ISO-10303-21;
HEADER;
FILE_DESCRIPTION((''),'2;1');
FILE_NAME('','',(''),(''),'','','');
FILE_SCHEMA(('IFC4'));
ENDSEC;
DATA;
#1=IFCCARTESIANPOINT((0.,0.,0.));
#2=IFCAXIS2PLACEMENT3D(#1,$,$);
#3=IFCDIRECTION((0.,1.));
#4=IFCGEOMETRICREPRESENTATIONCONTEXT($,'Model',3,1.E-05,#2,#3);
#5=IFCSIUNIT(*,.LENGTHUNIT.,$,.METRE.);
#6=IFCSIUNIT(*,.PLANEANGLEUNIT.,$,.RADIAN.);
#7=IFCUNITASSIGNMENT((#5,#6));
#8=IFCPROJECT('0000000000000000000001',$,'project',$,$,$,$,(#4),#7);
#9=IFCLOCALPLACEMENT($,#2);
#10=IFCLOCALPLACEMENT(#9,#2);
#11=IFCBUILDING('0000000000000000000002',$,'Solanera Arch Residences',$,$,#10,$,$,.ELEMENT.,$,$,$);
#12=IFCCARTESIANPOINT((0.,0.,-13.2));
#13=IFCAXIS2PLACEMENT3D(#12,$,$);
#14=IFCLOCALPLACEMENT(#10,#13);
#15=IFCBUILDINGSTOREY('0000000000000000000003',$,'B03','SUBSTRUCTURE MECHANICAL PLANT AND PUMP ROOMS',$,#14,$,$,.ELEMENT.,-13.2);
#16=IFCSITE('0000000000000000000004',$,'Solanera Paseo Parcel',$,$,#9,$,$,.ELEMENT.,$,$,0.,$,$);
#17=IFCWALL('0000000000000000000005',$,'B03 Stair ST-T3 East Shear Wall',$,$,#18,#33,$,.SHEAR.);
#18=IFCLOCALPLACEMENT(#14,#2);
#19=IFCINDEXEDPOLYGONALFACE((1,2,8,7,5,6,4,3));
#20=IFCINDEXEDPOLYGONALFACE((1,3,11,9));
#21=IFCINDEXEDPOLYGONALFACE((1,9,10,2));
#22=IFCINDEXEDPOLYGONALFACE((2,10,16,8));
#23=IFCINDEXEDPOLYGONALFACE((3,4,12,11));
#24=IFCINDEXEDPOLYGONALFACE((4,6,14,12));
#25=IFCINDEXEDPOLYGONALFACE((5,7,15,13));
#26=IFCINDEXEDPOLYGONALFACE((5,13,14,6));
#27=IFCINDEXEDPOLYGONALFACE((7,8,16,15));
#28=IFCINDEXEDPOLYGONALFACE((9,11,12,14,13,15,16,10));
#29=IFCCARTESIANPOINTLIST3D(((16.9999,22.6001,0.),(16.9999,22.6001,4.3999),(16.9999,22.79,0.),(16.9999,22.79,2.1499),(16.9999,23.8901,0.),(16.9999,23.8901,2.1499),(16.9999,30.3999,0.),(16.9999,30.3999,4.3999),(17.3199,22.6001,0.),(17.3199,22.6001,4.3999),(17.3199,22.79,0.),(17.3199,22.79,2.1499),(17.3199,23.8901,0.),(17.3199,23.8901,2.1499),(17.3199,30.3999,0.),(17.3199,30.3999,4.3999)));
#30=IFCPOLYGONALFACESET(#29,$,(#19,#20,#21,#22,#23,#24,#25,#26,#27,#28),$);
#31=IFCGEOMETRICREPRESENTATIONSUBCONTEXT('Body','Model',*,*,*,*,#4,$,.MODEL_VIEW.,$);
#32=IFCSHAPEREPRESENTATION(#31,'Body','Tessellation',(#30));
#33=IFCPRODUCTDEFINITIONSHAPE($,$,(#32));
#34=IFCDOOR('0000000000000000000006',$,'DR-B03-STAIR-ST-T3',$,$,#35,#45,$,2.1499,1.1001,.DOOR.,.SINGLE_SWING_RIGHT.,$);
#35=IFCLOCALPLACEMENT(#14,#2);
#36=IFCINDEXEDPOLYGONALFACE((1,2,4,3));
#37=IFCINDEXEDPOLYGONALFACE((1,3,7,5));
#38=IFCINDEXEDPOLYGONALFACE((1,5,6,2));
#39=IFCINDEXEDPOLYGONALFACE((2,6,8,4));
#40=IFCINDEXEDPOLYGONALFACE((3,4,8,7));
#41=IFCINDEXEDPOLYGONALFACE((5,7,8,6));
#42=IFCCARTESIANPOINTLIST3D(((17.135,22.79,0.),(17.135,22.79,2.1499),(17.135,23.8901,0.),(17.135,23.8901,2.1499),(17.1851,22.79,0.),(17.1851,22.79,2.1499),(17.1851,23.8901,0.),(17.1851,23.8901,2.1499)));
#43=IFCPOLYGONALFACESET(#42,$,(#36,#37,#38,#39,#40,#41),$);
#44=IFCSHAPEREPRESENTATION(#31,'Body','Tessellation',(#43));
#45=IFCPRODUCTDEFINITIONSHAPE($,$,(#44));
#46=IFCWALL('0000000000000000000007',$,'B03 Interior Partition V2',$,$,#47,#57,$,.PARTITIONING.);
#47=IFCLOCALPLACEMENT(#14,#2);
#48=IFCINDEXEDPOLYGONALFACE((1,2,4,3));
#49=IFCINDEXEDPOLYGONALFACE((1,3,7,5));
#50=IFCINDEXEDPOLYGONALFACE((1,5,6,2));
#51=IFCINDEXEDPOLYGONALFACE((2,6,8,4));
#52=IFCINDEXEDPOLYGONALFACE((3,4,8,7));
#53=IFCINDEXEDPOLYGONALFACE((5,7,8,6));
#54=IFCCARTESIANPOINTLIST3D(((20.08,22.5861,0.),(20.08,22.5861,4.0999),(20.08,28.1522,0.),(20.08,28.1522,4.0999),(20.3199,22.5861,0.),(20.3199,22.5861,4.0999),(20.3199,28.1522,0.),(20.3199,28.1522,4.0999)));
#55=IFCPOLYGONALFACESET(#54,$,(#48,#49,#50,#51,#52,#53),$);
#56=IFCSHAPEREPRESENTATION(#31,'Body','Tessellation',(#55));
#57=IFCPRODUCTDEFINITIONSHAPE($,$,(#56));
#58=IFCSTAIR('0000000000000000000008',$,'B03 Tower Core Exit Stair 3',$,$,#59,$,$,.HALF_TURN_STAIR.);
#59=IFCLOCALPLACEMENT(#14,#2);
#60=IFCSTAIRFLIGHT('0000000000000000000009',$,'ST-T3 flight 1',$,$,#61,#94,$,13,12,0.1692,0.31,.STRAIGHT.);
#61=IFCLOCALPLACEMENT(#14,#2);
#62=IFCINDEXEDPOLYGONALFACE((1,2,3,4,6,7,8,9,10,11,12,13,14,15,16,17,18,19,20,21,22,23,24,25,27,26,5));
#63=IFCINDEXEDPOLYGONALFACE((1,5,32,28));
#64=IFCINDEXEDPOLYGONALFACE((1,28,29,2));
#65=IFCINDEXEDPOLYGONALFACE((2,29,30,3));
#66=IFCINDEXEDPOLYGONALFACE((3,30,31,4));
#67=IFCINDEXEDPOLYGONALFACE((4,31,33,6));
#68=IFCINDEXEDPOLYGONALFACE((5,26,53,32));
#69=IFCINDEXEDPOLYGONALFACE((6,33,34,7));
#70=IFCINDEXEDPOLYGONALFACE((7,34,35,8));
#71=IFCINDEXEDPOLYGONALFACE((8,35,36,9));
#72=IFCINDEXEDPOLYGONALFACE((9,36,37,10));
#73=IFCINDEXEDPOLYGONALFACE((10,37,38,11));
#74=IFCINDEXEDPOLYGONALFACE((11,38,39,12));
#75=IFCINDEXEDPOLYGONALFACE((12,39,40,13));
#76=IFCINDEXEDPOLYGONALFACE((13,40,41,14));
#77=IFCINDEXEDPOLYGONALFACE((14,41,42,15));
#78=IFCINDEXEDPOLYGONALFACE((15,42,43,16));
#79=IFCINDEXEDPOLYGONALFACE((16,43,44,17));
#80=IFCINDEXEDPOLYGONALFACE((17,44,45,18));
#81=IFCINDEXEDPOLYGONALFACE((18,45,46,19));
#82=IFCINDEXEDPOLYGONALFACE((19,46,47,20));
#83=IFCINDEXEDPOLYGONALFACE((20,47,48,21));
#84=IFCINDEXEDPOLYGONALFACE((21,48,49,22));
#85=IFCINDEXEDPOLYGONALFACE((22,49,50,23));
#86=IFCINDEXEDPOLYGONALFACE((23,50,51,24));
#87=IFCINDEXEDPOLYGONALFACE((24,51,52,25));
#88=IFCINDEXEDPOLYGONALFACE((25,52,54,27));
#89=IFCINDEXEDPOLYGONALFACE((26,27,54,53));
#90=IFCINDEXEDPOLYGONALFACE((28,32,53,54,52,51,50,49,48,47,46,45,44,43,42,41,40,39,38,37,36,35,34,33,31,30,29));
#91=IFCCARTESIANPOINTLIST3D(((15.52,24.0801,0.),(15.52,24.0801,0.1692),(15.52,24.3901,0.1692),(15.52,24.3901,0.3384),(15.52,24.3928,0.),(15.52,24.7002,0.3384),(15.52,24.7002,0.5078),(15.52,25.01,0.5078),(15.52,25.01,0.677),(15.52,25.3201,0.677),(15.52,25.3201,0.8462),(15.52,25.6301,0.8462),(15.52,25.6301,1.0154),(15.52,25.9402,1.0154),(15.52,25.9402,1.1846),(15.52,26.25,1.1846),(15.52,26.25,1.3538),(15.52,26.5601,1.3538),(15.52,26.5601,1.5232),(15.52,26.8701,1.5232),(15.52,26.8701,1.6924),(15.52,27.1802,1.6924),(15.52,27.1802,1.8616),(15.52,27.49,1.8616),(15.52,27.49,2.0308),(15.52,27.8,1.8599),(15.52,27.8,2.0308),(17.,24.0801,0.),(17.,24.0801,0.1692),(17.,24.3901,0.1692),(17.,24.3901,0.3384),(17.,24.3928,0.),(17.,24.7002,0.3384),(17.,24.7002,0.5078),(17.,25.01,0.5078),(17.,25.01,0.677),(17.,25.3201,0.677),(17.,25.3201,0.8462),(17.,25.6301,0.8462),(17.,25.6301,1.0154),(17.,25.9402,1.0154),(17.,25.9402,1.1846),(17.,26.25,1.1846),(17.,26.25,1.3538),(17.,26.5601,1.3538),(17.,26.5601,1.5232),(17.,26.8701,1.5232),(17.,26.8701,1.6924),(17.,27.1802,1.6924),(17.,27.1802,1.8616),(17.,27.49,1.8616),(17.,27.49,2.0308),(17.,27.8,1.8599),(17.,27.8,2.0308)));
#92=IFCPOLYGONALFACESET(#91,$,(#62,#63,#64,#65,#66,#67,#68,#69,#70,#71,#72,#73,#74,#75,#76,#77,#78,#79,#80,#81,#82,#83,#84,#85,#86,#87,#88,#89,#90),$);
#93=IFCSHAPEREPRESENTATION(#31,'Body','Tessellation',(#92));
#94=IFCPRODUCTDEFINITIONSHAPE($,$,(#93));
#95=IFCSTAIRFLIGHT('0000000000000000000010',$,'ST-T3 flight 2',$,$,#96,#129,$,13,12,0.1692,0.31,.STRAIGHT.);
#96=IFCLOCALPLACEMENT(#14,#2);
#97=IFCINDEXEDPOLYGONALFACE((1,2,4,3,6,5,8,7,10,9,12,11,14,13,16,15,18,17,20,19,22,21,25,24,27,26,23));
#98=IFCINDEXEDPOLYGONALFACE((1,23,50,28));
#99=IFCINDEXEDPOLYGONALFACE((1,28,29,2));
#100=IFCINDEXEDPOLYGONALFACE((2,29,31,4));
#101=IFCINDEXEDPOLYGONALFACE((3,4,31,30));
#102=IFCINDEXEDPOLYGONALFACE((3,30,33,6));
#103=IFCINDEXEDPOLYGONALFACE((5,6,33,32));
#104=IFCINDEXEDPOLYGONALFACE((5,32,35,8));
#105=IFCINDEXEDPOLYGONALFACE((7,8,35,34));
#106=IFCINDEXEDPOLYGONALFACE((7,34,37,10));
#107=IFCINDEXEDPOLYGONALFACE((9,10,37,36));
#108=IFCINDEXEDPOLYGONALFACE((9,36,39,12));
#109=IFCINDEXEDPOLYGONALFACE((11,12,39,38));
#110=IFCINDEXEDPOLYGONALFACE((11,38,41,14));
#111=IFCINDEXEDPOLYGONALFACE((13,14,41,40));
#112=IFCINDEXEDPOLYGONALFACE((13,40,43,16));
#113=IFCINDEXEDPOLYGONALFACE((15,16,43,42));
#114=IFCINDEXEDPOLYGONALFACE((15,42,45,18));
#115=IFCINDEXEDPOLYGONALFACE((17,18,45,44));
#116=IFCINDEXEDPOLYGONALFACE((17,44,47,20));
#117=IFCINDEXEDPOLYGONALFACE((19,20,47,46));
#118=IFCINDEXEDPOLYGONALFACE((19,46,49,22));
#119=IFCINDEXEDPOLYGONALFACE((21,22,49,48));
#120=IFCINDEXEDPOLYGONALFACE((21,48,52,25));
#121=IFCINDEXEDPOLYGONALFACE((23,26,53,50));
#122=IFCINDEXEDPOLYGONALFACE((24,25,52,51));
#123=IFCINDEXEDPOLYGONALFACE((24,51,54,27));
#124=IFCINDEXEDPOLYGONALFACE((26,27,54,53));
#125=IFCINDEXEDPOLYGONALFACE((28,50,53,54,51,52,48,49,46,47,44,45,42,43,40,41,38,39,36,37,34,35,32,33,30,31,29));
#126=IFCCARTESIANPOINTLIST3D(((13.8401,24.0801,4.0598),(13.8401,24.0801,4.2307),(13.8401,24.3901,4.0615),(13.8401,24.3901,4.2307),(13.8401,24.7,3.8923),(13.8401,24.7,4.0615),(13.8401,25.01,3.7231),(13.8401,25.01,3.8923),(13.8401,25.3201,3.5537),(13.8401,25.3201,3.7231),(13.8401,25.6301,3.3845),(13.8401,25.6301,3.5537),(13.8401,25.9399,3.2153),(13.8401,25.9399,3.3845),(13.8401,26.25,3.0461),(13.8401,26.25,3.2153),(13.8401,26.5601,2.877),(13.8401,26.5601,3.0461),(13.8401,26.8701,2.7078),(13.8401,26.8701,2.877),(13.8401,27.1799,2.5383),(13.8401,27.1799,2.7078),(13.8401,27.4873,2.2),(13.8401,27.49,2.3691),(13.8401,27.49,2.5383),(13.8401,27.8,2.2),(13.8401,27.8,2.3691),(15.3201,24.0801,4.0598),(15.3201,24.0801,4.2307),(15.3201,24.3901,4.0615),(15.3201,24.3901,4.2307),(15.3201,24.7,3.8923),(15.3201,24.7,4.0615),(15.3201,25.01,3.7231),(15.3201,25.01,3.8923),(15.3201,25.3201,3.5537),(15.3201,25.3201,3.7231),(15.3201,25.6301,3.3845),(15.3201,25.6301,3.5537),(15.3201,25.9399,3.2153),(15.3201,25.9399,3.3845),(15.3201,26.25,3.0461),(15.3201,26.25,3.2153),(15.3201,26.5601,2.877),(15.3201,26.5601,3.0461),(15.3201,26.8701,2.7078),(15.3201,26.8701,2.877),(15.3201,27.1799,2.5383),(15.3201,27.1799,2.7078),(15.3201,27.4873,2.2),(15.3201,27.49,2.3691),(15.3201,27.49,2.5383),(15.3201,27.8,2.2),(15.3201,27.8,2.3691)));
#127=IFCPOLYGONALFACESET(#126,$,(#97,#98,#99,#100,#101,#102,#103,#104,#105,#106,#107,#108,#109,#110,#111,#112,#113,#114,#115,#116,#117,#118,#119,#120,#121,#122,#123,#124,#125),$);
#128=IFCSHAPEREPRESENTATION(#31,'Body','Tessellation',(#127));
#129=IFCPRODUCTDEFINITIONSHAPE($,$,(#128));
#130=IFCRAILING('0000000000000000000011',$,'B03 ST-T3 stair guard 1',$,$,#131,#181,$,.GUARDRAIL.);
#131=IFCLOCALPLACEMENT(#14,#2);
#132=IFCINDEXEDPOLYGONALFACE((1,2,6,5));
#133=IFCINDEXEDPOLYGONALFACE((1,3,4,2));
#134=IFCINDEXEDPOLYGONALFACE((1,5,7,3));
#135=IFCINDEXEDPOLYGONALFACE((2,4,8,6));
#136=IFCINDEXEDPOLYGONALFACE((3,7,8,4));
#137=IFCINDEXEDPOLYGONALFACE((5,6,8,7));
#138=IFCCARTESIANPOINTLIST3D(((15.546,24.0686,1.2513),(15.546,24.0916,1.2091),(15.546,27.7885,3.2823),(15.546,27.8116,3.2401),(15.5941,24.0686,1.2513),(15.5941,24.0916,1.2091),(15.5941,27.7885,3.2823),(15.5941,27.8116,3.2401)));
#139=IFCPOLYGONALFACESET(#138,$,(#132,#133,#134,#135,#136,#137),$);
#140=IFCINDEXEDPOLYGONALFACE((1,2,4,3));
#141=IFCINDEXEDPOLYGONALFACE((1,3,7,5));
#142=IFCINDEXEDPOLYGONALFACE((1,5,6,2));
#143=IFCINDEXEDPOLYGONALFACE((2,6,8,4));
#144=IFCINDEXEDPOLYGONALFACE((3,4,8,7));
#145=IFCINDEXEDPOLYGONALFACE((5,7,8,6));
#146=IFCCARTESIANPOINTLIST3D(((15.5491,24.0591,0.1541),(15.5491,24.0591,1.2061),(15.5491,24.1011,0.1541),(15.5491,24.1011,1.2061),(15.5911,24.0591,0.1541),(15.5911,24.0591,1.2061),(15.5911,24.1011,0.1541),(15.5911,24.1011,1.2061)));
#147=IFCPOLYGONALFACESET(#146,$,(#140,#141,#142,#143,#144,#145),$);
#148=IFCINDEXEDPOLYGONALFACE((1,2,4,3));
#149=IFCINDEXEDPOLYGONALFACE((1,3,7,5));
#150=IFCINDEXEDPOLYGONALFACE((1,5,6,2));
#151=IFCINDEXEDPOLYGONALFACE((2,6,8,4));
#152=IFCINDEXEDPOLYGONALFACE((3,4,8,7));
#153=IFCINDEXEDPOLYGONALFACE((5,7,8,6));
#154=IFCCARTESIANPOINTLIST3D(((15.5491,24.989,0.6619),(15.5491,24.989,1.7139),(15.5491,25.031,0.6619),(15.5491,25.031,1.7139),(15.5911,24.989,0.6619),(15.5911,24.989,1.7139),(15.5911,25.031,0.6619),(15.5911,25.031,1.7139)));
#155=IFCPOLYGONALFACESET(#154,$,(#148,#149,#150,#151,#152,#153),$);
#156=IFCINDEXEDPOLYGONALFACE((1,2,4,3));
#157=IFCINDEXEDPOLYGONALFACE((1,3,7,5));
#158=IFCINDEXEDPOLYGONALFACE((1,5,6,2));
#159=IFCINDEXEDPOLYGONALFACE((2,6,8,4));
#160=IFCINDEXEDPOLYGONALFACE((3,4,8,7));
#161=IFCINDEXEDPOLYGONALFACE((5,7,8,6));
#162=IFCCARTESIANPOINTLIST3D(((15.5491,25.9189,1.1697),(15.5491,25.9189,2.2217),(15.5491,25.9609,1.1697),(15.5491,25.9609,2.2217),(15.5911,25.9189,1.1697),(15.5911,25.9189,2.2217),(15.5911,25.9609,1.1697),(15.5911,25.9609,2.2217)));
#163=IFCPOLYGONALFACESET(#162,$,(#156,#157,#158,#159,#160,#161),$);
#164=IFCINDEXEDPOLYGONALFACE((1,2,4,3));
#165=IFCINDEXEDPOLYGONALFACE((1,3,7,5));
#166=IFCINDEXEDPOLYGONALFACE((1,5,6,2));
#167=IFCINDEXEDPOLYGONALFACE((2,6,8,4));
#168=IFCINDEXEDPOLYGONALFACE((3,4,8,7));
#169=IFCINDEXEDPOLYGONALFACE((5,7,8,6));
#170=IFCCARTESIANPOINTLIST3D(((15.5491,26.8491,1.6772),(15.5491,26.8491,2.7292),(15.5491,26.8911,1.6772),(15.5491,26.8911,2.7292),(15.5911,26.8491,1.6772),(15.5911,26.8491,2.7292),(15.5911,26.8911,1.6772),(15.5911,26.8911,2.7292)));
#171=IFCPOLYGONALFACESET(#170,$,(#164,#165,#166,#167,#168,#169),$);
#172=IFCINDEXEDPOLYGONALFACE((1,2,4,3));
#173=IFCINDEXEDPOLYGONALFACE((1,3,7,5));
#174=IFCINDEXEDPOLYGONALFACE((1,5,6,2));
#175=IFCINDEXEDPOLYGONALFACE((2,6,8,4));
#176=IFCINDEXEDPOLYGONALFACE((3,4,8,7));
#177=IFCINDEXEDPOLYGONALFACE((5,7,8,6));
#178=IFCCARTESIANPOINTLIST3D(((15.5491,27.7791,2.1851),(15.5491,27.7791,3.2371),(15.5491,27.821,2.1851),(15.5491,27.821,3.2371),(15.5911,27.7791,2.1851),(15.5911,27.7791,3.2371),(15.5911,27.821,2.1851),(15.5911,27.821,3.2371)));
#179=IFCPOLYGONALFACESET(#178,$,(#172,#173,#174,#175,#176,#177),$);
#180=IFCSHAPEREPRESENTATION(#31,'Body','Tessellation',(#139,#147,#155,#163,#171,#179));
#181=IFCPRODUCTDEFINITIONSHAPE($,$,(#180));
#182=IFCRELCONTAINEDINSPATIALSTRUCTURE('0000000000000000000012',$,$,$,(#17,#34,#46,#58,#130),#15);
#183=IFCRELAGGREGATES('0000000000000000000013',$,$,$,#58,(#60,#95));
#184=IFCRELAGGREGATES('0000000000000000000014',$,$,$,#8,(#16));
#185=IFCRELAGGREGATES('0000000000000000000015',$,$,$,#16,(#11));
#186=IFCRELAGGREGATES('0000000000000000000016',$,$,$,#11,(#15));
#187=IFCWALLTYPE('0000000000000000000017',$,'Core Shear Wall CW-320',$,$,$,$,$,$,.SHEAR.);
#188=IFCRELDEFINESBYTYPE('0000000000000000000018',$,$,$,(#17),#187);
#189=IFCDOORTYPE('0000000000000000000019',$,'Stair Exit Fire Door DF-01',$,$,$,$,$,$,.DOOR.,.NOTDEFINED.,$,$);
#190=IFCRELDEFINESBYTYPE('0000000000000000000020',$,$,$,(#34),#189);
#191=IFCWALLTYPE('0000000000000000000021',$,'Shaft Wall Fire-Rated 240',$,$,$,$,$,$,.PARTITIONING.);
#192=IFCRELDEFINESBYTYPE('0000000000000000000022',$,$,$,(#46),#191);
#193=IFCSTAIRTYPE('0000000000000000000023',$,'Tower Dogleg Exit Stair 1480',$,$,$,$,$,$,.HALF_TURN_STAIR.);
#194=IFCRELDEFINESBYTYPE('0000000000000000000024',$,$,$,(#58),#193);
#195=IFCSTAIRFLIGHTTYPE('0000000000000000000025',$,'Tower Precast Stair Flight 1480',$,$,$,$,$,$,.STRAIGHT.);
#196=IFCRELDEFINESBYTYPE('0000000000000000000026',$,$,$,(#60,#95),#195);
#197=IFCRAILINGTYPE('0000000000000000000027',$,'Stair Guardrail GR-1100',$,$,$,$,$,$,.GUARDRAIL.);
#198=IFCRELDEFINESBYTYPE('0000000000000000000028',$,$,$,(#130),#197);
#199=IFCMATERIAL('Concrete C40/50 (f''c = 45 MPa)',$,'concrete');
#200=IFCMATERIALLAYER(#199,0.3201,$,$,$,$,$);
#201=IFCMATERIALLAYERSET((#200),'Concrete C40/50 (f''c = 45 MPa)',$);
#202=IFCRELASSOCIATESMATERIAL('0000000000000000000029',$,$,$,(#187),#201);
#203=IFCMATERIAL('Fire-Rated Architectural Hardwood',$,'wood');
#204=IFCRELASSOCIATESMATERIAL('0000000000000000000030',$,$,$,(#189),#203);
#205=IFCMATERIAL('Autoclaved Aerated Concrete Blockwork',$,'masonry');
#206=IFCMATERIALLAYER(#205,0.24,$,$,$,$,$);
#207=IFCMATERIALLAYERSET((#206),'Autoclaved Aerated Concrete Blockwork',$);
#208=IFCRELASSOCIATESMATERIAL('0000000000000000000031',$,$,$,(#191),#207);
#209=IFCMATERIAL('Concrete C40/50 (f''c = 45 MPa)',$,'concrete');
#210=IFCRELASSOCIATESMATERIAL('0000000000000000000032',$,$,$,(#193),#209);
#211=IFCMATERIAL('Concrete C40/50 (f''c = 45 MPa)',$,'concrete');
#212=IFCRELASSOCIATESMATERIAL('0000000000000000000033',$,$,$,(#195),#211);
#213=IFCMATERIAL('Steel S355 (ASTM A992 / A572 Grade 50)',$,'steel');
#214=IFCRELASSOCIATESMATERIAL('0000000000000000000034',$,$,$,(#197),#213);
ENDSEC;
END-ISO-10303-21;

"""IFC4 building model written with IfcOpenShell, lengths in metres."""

from ifc_helpers import new_model, si_unit, direction, frame, frame_2d, origin, origin_2d, place, context, subcontext, project, spatial, polyline, rectangle, outline, extrude, material, layer, layer_set, type_object, element, fill, aggregate, save


model = new_model("IFC4")

# Units and contexts
model_context = context("Model", 3, precision=1e-05, world=origin(), true_north=direction((0.0, 1.0)))
body_context = subcontext(model_context, "Body", "Model", "MODEL_VIEW")
ifc_project = project(units=[si_unit("LENGTHUNIT", "METRE"), si_unit("PLANEANGLEUNIT", "RADIAN")], contexts=[model_context])

# Site, building, storey
site_placement = place(None, origin())
site = spatial("IfcSite", under=ifc_project, at=site_placement, Name="Solanera Paseo Parcel", CompositionType="ELEMENT", RefElevation=0.0)
building_placement = place(site_placement, origin())
building = spatial("IfcBuilding", under=site, at=building_placement, Name="Solanera Arch Residences", CompositionType="ELEMENT")
storey_placement = place(building_placement, frame((0.0, 0.0, -13.2)))
storey = spatial("IfcBuildingStorey", under=building, at=storey_placement, Name="B03", Description="SUBSTRUCTURE MECHANICAL PLANT AND PUMP ROOMS", CompositionType="ELEMENT", Elevation=-13.2)

# Wall, opening, door
ifc_material_1 = material(Name="Concrete C40/50 (f'c = 45 MPa)", Category="concrete")
ifc_layer_1 = layer(ifc_material_1, 0.3201)
ifc_layer_set_1 = layer_set([ifc_layer_1], Name="Concrete C40/50 (f'c = 45 MPa)")
wall_type_1 = type_object("IfcWallType", Name="Core Shear Wall CW-320", PredefinedType="SHEAR", material=ifc_layer_set_1)
wall_1_placement = place(storey_placement, frame((17.1599, 22.6001, 0.0), z_axis=(0.0, 0.0, 1.0), x_axis=(0.0, 1.0, 0.0)))
wall_1 = element("IfcWall", 1, at=wall_1_placement, inside=storey, type_object=wall_type_1, Name="B03 Stair ST-T3 East Shear Wall", PredefinedType="SHEAR", context=body_context, shape_type="SweptSolid", body=[
    extrude(rectangle(XDim=7.7998, YDim=0.3201, at=frame_2d((3.8999, 0.0))), origin(), (0.0, 0.0, 1.0), 4.3999),
])
opening_1_placement = place(wall_1_placement, frame((0.1899, 0.0, 0.0)))
opening_1 = element("IfcOpeningElement", 2, at=opening_1_placement, cuts=wall_1, PredefinedType="OPENING", context=body_context, shape_type="SweptSolid", body=[
    extrude(rectangle(XDim=1.1001, YDim=2.1499, at=frame_2d((0.55, 1.075))), frame((0.0, 0.1699, 0.0), z_axis=(0.0, -1.0, 0.0), x_axis=(1.0, 0.0, 0.0)), (0.0, 0.0, 1.0), 0.3401),
])
ifc_material_2 = material(Name="Fire-Rated Architectural Hardwood", Category="wood")
door_type_1 = type_object("IfcDoorType", Name="Stair Exit Fire Door DF-01", OperationType="NOTDEFINED", PredefinedType="DOOR", material=ifc_material_2)
door_1_placement = place(opening_1_placement, origin())
door_1 = element("IfcDoor", 3, at=door_1_placement, inside=storey, type_object=door_type_1, Name="DR-B03-STAIR-ST-T3", OperationType="SINGLE_SWING_RIGHT", OverallHeight=2.1499, OverallWidth=1.1001, PredefinedType="DOOR", context=body_context, shape_type="SweptSolid", body=[
    extrude(rectangle(XDim=1.1001, YDim=2.1499, at=frame_2d((0.55, 1.075))), frame((0.0, 0.0249, 0.0), z_axis=(0.0, -1.0, 0.0), x_axis=(1.0, 0.0, 0.0)), (0.0, 0.0, 1.0), 0.05),
])
fill(opening_1, door_1)
ifc_material_3 = material(Name="Autoclaved Aerated Concrete Blockwork", Category="masonry")
ifc_layer_2 = layer(ifc_material_3, 0.24)
ifc_layer_set_2 = layer_set([ifc_layer_2], Name="Autoclaved Aerated Concrete Blockwork")
wall_type_2 = type_object("IfcWallType", Name="Shaft Wall Fire-Rated 240", PredefinedType="PARTITIONING", material=ifc_layer_set_2)

# Wall
wall_2_placement = place(storey_placement, frame((20.2, 22.5859, 0.0), z_axis=(0.0, 0.0, 1.0), x_axis=(0.0, 1.0, 0.0)))
element("IfcWall", 4, at=wall_2_placement, inside=storey, type_object=wall_type_2, Name="B03 Interior Partition V2", PredefinedType="PARTITIONING", context=body_context, shape_type="SweptSolid", body=[
    extrude(rectangle(XDim=5.5662, YDim=0.24, at=frame_2d((2.7832, 0.0))), origin(), (0.0, 0.0, 1.0), 4.0999),
])

# Stair, stair flights
ifc_material_4 = material(Name="Concrete C40/50 (f'c = 45 MPa)", Category="concrete")
stair_type = type_object("IfcStairType", Name="Tower Dogleg Exit Stair 1480", PredefinedType="HALF_TURN_STAIR", material=ifc_material_4)
stair_placement = place(storey_placement, origin())
stair = element("IfcStair", 5, at=stair_placement, inside=storey, type_object=stair_type, Name="B03 Tower Core Exit Stair 3", PredefinedType="HALF_TURN_STAIR")
ifc_material_5 = material(Name="Concrete C40/50 (f'c = 45 MPa)", Category="concrete")
stair_flight_type = type_object("IfcStairFlightType", Name="Tower Precast Stair Flight 1480", PredefinedType="STRAIGHT", material=ifc_material_5)
stair_flight_1_placement = place(storey_placement, frame((16.26, 24.0801, 0.0), z_axis=(0.0, 0.0, 1.0), x_axis=(0.0, 1.0, 0.0)))
stair_flight_1 = element("IfcStairFlight", 6, at=stair_flight_1_placement, type_object=stair_flight_type, Name="ST-T3 flight 1", NumberOfRisers=13, NumberOfTreads=12, PredefinedType="STRAIGHT", RiserHeight=0.1692, TreadLength=0.31, context=body_context, shape_type="SweptSolid", body=[
    extrude(outline(polyline([(0.0, 0.0), (0.0, 0.1692), (0.3101, 0.1692), (0.3101, 0.3384), (0.6201, 0.3384), (0.6201, 0.5078), (0.9299, 0.5078), (0.9299, 0.677), (1.24, 0.677), (1.24, 0.8462), (1.55, 0.8462), (1.55, 1.0154), (1.8601, 1.0154), (1.8601, 1.1846), (2.1699, 1.1846), (2.1699, 1.3538), (2.48, 1.3538), (2.48, 1.5232), (2.79, 1.5232), (2.79, 1.6924), (3.1001, 1.6924), (3.1001, 1.8616), (3.4099, 1.8616), (3.4099, 2.0308), (3.72, 2.0308), (3.72, 2.2), (3.72, 1.8599), (0.3127, 0.0), (0.0, 0.0)])), frame((0.0, 0.74, 0.0), z_axis=(0.0, -1.0, 0.0), x_axis=(1.0, 0.0, 0.0)), (0.0, 0.0, 1.0), 1.48),
])
stair_flight_2_placement = place(storey_placement, frame((14.5801, 27.8, 2.2), z_axis=(0.0, 0.0, 1.0), x_axis=(0.0, -1.0, 0.0)))
stair_flight_2 = element("IfcStairFlight", 7, at=stair_flight_2_placement, type_object=stair_flight_type, Name="ST-T3 flight 2", NumberOfRisers=13, NumberOfTreads=12, PredefinedType="STRAIGHT", RiserHeight=0.1692, TreadLength=0.31, context=body_context, shape_type="SweptSolid", body=[
    extrude(outline(polyline([(0.0, 0.0), (0.0, 0.1692), (0.3101, 0.1692), (0.3101, 0.3384), (0.6201, 0.3384), (0.6201, 0.5078), (0.9299, 0.5078), (0.9299, 0.677), (1.24, 0.677), (1.24, 0.8462), (1.55, 0.8462), (1.55, 1.0154), (1.8601, 1.0154), (1.8601, 1.1846), (2.1699, 1.1846), (2.1699, 1.3538), (2.48, 1.3538), (2.48, 1.5232), (2.79, 1.5232), (2.79, 1.6924), (3.1001, 1.6924), (3.1001, 1.8616), (3.4099, 1.8616), (3.4099, 2.0308), (3.72, 2.0308), (3.72, 2.2), (3.72, 1.8599), (0.3127, 0.0), (0.0, 0.0)])), frame((0.0, 0.74, 0.0), z_axis=(0.0, -1.0, 0.0), x_axis=(1.0, 0.0, 0.0)), (0.0, 0.0, 1.0), 1.48),
])
aggregate(stair, [stair_flight_1, stair_flight_2])

# Railing
ifc_material_6 = material(Name="Steel S355 (ASTM A992 / A572 Grade 50)", Category="steel")
railing_type_1 = type_object("IfcRailingType", Name="Stair Guardrail GR-1100", PredefinedType="GUARDRAIL", material=ifc_material_6)
railing_1_placement = place(storey_placement, frame((15.5701, 24.0801, 0.1541)))
element("IfcRailing", 8, at=railing_1_placement, inside=storey, type_object=railing_type_1, Name="B03 ST-T3 stair guard 1", PredefinedType="GUARDRAIL", context=body_context, shape_type="SweptSolid", body=[
    extrude(rectangle(XDim=0.0481, YDim=0.0481, at=origin_2d()), frame((0.0, 0.0, 1.0762), z_axis=(0.0, 0.877704, 0.479203), x_axis=(-1.0, 0.0, 0.0)), (0.0, 0.0, 1.0), 4.2383),
    extrude(rectangle(XDim=0.042, YDim=0.042, at=origin_2d()), origin(), (0.0, 0.0, 1.0), 1.052),
    extrude(rectangle(XDim=0.042, YDim=0.042, at=origin_2d()), frame((0.0, 0.9299, 0.5078)), (0.0, 0.0, 1.0), 1.052),
    extrude(rectangle(XDim=0.042, YDim=0.042, at=origin_2d()), frame((0.0, 1.8599, 1.0156)), (0.0, 0.0, 1.0), 1.052),
    extrude(rectangle(XDim=0.042, YDim=0.042, at=origin_2d()), frame((0.0, 2.79, 1.5232)), (0.0, 0.0, 1.0), 1.052),
    extrude(rectangle(XDim=0.042, YDim=0.042, at=origin_2d()), frame((0.0, 3.72, 2.031)), (0.0, 0.0, 1.0), 1.052),
])

save(model, "model.ifc")
